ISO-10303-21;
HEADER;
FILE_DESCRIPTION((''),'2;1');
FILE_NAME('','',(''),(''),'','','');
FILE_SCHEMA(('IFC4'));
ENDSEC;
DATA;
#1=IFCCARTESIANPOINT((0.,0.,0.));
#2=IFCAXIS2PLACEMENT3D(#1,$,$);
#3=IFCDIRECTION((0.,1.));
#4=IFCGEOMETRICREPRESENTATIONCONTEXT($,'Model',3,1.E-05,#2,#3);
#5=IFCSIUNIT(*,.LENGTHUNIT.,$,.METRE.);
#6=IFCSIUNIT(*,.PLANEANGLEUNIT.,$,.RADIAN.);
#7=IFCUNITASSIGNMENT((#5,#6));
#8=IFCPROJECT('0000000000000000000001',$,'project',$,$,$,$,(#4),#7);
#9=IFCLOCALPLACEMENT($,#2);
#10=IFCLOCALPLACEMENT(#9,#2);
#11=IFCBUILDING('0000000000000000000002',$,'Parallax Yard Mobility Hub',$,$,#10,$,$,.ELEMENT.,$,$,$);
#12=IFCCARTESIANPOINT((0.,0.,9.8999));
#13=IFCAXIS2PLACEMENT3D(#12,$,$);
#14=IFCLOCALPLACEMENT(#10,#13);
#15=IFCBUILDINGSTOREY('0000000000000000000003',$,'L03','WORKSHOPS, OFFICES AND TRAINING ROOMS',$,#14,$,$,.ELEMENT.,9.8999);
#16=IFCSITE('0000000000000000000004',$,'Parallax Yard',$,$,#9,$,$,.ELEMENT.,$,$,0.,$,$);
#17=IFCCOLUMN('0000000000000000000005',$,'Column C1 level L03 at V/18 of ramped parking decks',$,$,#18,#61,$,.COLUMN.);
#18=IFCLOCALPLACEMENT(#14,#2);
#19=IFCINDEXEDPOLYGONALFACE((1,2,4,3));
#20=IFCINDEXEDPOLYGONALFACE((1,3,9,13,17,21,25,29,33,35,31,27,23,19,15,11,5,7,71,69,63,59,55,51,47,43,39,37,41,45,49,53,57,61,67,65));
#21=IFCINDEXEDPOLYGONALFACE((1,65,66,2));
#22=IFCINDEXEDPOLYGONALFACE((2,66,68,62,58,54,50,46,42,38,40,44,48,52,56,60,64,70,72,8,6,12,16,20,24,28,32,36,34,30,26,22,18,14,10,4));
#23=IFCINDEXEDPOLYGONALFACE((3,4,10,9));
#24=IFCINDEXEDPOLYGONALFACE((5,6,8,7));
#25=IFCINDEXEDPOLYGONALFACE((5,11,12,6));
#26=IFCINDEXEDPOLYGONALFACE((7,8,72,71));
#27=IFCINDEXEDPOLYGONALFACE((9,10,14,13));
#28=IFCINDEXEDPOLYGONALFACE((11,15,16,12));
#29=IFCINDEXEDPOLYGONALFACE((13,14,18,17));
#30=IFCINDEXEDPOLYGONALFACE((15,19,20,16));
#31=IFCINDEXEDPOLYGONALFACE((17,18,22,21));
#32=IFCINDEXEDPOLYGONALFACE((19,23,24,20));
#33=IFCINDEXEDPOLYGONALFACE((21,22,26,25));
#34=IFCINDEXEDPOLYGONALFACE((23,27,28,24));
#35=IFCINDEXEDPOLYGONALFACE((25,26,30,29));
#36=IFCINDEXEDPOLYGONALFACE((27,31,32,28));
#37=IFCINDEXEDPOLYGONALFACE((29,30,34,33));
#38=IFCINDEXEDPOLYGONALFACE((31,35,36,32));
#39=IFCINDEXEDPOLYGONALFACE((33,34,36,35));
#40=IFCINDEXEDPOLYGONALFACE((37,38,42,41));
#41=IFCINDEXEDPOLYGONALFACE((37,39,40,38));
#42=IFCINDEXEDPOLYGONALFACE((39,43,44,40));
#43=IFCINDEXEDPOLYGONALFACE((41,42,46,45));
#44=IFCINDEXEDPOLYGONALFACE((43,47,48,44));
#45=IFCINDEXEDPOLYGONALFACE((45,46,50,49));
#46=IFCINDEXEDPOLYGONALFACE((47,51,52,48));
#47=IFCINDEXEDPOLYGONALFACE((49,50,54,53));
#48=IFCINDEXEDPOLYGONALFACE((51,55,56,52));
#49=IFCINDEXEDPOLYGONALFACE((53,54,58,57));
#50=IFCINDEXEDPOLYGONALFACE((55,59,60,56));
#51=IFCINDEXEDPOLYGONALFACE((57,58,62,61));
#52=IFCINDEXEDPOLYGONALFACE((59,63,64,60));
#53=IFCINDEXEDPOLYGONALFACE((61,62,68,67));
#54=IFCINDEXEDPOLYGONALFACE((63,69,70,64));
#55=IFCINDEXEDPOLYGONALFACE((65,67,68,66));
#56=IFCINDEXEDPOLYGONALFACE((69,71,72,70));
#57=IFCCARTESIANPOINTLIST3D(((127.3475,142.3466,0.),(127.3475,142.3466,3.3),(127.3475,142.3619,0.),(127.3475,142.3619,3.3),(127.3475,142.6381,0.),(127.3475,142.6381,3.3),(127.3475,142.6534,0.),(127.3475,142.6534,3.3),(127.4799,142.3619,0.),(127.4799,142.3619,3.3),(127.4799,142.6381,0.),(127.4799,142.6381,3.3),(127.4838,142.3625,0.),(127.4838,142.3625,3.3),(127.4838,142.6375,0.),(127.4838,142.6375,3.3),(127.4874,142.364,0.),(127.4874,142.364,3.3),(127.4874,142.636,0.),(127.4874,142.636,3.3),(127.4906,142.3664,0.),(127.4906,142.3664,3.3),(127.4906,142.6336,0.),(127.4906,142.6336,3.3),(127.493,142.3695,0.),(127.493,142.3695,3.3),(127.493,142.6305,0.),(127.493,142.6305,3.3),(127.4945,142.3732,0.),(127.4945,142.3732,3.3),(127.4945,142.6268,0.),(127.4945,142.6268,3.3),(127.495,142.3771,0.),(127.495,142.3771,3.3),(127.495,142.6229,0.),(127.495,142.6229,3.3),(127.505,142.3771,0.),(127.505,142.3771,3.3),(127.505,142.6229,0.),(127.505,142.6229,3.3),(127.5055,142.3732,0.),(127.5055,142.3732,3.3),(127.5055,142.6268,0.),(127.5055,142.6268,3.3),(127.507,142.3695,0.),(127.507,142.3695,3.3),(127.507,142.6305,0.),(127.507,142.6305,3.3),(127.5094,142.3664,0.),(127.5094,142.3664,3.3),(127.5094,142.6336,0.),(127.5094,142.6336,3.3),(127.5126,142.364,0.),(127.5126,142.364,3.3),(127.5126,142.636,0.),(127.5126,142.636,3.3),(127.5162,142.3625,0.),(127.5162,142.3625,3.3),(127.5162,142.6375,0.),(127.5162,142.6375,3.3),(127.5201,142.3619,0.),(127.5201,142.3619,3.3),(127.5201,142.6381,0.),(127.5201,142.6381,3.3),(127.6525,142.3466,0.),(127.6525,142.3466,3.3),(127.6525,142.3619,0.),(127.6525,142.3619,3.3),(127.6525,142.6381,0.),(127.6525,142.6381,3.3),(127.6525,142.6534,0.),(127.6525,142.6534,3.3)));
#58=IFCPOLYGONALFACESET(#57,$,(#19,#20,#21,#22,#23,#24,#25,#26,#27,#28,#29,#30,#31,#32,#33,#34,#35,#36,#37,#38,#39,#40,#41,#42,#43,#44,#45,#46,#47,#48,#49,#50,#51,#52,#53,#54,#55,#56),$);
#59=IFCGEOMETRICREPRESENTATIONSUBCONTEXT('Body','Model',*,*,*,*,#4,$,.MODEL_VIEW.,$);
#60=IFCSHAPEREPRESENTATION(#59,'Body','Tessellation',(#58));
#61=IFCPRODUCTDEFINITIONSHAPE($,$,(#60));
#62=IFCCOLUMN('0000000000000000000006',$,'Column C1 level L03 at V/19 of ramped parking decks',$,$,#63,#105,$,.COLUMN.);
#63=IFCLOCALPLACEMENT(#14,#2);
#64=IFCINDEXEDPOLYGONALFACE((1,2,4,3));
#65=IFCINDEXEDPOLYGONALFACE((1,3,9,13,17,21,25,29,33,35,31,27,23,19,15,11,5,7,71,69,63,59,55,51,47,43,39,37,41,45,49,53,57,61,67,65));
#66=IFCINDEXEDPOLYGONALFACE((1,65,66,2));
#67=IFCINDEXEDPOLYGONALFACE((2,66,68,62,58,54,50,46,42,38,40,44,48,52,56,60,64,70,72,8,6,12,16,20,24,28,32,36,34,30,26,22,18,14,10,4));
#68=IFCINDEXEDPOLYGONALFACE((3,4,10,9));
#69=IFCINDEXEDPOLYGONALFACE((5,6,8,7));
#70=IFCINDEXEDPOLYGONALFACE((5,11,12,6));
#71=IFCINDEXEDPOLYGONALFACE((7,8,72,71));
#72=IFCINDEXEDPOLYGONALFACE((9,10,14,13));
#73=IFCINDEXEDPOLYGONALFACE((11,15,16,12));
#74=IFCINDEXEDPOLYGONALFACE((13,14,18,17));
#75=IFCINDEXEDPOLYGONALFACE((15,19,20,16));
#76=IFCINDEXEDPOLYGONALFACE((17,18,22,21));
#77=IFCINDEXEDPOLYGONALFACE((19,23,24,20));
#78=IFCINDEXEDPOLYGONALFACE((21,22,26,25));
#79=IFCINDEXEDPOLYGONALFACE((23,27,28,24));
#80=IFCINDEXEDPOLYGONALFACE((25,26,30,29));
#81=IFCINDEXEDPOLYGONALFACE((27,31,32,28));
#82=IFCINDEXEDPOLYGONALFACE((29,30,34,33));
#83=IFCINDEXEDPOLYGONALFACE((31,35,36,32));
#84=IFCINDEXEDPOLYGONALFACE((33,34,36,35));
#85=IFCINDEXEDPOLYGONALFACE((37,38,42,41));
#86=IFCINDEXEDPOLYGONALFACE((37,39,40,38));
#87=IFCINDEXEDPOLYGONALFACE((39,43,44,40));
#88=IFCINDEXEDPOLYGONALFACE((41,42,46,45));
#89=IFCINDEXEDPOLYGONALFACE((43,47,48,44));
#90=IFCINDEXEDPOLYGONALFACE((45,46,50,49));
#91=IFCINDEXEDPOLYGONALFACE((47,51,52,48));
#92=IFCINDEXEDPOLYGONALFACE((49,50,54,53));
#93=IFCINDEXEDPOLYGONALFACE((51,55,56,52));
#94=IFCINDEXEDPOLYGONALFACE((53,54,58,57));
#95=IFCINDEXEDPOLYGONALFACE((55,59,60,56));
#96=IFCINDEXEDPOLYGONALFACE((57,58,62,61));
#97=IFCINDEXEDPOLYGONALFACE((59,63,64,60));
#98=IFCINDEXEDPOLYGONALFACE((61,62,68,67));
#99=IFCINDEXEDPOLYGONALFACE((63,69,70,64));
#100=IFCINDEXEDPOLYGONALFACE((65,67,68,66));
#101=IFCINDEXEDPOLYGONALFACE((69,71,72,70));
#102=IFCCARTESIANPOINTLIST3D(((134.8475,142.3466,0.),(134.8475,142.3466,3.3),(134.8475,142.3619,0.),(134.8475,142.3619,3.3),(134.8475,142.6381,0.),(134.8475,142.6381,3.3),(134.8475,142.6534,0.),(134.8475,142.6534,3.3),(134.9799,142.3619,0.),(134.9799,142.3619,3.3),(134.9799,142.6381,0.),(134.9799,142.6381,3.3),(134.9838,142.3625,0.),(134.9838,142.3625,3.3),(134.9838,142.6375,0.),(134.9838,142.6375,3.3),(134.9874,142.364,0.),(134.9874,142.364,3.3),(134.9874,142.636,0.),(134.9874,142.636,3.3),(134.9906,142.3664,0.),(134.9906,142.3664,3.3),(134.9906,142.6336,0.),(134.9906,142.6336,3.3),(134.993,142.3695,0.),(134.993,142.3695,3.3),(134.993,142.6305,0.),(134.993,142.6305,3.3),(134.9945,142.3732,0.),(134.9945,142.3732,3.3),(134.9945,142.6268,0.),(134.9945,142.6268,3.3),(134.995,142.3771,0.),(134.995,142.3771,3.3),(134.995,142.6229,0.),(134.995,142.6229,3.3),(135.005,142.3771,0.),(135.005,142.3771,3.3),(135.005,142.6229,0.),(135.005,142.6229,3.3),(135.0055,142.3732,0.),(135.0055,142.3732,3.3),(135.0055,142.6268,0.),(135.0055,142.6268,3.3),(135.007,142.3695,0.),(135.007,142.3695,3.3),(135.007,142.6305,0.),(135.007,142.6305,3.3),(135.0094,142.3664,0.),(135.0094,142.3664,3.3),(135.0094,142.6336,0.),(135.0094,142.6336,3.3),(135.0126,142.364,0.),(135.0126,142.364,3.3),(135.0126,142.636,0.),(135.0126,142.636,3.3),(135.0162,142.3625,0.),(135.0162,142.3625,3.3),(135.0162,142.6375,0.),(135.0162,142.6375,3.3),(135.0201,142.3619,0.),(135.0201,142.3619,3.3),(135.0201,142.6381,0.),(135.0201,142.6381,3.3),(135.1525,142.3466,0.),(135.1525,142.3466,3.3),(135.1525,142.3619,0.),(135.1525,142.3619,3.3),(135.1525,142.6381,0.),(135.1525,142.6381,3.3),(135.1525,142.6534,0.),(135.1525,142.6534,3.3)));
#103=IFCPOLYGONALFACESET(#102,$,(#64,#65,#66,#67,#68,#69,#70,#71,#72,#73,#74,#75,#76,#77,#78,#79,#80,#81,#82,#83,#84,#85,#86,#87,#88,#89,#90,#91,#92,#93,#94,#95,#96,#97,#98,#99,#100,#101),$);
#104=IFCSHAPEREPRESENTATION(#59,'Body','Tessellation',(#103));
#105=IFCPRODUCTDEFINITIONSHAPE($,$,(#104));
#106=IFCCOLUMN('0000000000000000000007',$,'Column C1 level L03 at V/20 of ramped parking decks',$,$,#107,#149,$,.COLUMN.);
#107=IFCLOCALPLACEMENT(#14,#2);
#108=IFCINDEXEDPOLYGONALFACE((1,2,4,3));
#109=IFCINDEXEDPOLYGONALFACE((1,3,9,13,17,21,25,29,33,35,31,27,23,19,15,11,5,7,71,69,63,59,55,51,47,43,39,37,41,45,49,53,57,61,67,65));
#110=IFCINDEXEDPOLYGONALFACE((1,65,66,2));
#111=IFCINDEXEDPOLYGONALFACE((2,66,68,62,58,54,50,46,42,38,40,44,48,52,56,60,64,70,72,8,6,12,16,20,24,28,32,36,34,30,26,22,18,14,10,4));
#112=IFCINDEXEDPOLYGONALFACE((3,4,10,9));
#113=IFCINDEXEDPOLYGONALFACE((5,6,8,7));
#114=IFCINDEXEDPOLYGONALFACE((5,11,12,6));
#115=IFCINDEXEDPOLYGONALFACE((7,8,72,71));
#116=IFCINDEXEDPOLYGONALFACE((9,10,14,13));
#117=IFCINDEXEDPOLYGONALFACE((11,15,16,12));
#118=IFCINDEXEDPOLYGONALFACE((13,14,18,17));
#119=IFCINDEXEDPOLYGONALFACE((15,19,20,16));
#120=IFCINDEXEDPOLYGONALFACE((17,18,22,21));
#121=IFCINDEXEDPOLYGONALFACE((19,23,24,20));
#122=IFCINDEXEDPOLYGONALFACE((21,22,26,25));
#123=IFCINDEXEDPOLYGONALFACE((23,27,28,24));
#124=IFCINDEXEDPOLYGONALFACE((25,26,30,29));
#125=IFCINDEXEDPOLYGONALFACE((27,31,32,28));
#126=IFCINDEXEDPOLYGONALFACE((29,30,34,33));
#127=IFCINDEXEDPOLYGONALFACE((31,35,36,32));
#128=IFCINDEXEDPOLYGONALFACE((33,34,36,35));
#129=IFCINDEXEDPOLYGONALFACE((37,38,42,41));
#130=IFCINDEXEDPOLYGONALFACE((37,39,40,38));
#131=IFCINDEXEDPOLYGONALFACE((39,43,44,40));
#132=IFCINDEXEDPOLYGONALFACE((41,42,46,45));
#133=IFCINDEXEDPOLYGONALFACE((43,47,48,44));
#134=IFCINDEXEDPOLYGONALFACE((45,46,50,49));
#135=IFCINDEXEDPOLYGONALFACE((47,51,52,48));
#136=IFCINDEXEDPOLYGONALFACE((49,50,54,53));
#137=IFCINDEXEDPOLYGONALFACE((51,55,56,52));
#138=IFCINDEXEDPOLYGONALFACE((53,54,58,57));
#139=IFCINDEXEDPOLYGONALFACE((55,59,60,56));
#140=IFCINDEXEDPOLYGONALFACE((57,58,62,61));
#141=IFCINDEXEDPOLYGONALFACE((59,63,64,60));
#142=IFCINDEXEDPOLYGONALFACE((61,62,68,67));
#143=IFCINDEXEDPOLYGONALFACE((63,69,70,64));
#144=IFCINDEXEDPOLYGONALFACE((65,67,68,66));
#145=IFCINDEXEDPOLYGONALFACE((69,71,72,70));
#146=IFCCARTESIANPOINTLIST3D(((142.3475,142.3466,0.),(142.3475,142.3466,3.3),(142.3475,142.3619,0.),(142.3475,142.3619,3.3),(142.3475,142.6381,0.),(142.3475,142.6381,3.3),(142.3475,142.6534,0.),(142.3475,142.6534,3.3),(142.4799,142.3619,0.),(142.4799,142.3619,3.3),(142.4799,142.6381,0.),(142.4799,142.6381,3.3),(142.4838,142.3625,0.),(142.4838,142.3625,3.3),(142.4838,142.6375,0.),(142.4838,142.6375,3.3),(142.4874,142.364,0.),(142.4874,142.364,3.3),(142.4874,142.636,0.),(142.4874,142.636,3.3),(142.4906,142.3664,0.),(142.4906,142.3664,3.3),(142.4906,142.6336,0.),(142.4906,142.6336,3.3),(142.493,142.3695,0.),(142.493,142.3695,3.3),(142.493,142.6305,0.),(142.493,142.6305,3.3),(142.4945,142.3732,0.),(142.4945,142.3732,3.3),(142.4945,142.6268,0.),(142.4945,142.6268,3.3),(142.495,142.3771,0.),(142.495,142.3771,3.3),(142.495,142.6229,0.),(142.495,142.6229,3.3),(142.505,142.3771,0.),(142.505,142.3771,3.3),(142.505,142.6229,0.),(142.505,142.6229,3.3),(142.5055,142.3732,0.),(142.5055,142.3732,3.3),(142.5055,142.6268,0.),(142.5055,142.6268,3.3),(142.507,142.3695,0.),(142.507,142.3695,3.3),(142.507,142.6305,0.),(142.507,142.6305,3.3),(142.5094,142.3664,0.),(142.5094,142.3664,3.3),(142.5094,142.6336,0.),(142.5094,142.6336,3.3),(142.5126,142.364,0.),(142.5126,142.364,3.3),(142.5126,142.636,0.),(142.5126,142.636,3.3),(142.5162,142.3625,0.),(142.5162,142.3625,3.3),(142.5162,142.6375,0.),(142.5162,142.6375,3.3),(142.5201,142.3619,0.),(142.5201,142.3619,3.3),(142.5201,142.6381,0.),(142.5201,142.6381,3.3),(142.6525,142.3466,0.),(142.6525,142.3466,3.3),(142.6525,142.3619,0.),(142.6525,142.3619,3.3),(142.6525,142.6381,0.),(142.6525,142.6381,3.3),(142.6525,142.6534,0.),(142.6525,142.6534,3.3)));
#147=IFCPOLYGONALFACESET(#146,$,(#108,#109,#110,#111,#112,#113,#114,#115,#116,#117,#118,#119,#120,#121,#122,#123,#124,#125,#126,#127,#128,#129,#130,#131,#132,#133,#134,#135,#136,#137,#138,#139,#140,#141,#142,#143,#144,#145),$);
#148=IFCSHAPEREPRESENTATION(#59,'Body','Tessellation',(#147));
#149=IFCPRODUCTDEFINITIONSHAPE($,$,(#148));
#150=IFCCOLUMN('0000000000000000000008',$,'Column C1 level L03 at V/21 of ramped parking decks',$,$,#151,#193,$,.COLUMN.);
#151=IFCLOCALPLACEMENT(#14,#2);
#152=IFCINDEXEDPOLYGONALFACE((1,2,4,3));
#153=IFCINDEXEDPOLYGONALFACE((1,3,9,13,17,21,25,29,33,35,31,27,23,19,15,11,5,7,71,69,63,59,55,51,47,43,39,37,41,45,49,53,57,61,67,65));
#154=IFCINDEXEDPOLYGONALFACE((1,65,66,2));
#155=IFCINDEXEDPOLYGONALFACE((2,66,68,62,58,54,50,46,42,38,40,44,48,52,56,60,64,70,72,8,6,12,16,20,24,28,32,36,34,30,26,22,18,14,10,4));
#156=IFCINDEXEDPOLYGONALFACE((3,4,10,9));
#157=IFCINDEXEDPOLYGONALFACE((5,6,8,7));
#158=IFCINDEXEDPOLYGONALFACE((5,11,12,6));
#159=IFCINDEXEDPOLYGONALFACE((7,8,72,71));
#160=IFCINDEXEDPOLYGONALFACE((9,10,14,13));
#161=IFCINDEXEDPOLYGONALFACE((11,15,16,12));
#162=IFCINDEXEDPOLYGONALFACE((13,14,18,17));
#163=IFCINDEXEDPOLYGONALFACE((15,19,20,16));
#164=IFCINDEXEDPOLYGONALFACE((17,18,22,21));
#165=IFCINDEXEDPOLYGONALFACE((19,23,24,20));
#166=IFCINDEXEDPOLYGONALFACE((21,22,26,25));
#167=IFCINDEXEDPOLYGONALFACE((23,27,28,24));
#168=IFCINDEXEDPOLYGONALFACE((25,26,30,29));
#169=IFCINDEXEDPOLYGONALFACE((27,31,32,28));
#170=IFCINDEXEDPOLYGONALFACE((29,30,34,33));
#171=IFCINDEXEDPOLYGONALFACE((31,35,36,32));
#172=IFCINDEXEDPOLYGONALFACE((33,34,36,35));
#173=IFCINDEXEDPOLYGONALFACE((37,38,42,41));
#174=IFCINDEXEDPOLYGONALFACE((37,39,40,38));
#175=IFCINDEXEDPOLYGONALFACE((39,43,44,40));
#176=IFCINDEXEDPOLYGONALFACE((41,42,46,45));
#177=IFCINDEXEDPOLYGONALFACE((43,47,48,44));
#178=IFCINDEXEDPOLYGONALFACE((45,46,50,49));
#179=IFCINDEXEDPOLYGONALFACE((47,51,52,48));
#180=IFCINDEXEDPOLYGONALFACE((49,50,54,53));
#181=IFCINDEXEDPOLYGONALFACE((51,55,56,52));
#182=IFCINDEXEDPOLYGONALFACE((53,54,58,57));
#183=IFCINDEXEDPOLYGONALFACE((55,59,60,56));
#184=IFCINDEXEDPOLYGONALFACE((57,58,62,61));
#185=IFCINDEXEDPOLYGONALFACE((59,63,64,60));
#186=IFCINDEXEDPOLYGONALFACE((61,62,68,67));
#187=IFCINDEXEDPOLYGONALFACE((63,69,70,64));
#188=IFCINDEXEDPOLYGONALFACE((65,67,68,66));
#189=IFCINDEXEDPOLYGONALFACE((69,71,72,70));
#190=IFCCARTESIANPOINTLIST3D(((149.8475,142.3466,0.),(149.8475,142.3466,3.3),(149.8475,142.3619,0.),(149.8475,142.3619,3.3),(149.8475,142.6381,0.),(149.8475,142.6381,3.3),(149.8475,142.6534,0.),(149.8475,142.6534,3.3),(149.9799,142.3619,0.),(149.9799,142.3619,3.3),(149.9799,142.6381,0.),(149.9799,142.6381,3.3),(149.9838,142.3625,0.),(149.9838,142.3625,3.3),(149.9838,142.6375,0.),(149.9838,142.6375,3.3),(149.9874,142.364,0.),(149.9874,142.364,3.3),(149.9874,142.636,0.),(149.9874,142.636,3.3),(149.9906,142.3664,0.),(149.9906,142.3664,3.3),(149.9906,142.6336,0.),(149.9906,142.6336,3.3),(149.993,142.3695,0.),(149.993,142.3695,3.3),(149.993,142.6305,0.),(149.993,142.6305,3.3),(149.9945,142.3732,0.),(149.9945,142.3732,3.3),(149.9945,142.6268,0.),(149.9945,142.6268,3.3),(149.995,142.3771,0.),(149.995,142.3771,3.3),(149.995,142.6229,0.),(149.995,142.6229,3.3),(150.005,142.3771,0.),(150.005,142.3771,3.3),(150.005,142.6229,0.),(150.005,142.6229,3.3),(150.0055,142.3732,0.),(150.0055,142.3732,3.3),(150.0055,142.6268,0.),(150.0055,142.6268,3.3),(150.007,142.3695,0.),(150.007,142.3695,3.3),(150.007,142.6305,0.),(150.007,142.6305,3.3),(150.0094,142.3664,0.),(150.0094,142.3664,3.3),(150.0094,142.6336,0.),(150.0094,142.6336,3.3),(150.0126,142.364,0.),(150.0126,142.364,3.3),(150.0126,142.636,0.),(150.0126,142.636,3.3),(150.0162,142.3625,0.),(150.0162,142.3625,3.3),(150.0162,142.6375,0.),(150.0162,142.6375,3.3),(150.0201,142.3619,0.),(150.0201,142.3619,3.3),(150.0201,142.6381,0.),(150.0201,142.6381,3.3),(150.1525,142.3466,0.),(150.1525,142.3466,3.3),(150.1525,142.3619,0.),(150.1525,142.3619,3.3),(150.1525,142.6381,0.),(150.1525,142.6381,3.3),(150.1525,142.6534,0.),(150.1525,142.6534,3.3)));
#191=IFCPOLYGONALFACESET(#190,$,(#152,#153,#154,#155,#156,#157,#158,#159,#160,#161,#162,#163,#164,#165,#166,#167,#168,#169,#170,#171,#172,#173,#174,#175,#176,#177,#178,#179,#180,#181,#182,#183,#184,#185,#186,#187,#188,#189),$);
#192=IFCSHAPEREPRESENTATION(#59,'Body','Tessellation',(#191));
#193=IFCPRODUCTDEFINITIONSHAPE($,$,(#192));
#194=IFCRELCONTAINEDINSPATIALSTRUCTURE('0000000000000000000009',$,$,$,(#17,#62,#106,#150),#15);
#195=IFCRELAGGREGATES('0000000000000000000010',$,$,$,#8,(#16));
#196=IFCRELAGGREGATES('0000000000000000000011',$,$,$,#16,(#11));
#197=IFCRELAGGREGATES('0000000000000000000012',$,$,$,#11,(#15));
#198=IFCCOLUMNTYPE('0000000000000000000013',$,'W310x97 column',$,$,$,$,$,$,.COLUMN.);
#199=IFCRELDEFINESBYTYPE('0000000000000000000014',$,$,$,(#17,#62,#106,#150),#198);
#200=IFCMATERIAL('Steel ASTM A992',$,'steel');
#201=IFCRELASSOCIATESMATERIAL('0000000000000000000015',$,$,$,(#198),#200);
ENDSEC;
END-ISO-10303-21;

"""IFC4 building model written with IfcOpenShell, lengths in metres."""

from ifc_helpers import new_model, si_unit, direction, frame, origin, origin_2d, place, context, subcontext, project, spatial, i_section, extrude, material, material_profile, profile_set, type_object, element, save


model = new_model("IFC4")

# Units and contexts
model_context = context("Model", 3, precision=1e-05, world=origin(), true_north=direction((0.0, 1.0)))
body_context = subcontext(model_context, "Body", "Model", "MODEL_VIEW")
ifc_project = project(units=[si_unit("LENGTHUNIT", "METRE"), si_unit("PLANEANGLEUNIT", "RADIAN")], contexts=[model_context])

# Site, building, storey
site_placement = place(None, origin())
site = spatial("IfcSite", under=ifc_project, at=site_placement, Name="Parallax Yard", CompositionType="ELEMENT", RefElevation=0.0)
building_placement = place(site_placement, origin())
building = spatial("IfcBuilding", under=site, at=building_placement, Name="Parallax Yard Mobility Hub", CompositionType="ELEMENT")
storey_placement = place(building_placement, frame((0.0, 0.0, 9.8999)))
storey = spatial("IfcBuildingStorey", under=building, at=storey_placement, Name="L03", Description="WORKSHOPS, OFFICES AND TRAINING ROOMS", CompositionType="ELEMENT", Elevation=9.8999)

# Columns
ifc_material_1 = material(Name="Steel ASTM A992", Category="steel")
ifc_material_profile_1 = material_profile(ifc_material_1, i_section(OverallWidth=0.3049, OverallDepth=0.3069, WebThickness=0.01, FlangeThickness=0.0154, FilletRadius=0.0151, at=origin_2d()), Name="W310x97")
ifc_profile_set_1 = profile_set([ifc_material_profile_1], Name="Steel ASTM A992")
column_type_1 = type_object("IfcColumnType", Name="W310x97 column", PredefinedType="COLUMN", material=ifc_profile_set_1)
for number, where, z_axis, x_axis, name in (
    (1, (127.5, 142.5, 0.0), (0.0, 0.0, 1.0), (1.0, 0.0, 0.0), "Column C1 level L03 at V/18 of ramped parking decks"),
    (2, (135.0, 142.5, 0.0), (0.0, 0.0, 1.0), (1.0, 0.0, 0.0), "Column C1 level L03 at V/19 of ramped parking decks"),
    (3, (142.5, 142.5, 0.0), (0.0, 0.0, 1.0), (1.0, 0.0, 0.0), "Column C1 level L03 at V/20 of ramped parking decks"),
    (4, (150.0, 142.5, 0.0), (0.0, 0.0, 1.0), (1.0, 0.0, 0.0), "Column C1 level L03 at V/21 of ramped parking decks"),
):
    element("IfcColumn", number, at=place(storey_placement, frame(where, z_axis=z_axis, x_axis=x_axis)), inside=storey, type_object=column_type_1, Name=name, PredefinedType="COLUMN", context=body_context, shape_type="SweptSolid", body=[
        extrude(i_section(OverallWidth=0.3049, OverallDepth=0.3069, WebThickness=0.01, FlangeThickness=0.0154, FilletRadius=0.0151, at=origin_2d()), origin(), (0.0, 0.0, 1.0), 3.3),
    ])

save(model, "model.ifc")
